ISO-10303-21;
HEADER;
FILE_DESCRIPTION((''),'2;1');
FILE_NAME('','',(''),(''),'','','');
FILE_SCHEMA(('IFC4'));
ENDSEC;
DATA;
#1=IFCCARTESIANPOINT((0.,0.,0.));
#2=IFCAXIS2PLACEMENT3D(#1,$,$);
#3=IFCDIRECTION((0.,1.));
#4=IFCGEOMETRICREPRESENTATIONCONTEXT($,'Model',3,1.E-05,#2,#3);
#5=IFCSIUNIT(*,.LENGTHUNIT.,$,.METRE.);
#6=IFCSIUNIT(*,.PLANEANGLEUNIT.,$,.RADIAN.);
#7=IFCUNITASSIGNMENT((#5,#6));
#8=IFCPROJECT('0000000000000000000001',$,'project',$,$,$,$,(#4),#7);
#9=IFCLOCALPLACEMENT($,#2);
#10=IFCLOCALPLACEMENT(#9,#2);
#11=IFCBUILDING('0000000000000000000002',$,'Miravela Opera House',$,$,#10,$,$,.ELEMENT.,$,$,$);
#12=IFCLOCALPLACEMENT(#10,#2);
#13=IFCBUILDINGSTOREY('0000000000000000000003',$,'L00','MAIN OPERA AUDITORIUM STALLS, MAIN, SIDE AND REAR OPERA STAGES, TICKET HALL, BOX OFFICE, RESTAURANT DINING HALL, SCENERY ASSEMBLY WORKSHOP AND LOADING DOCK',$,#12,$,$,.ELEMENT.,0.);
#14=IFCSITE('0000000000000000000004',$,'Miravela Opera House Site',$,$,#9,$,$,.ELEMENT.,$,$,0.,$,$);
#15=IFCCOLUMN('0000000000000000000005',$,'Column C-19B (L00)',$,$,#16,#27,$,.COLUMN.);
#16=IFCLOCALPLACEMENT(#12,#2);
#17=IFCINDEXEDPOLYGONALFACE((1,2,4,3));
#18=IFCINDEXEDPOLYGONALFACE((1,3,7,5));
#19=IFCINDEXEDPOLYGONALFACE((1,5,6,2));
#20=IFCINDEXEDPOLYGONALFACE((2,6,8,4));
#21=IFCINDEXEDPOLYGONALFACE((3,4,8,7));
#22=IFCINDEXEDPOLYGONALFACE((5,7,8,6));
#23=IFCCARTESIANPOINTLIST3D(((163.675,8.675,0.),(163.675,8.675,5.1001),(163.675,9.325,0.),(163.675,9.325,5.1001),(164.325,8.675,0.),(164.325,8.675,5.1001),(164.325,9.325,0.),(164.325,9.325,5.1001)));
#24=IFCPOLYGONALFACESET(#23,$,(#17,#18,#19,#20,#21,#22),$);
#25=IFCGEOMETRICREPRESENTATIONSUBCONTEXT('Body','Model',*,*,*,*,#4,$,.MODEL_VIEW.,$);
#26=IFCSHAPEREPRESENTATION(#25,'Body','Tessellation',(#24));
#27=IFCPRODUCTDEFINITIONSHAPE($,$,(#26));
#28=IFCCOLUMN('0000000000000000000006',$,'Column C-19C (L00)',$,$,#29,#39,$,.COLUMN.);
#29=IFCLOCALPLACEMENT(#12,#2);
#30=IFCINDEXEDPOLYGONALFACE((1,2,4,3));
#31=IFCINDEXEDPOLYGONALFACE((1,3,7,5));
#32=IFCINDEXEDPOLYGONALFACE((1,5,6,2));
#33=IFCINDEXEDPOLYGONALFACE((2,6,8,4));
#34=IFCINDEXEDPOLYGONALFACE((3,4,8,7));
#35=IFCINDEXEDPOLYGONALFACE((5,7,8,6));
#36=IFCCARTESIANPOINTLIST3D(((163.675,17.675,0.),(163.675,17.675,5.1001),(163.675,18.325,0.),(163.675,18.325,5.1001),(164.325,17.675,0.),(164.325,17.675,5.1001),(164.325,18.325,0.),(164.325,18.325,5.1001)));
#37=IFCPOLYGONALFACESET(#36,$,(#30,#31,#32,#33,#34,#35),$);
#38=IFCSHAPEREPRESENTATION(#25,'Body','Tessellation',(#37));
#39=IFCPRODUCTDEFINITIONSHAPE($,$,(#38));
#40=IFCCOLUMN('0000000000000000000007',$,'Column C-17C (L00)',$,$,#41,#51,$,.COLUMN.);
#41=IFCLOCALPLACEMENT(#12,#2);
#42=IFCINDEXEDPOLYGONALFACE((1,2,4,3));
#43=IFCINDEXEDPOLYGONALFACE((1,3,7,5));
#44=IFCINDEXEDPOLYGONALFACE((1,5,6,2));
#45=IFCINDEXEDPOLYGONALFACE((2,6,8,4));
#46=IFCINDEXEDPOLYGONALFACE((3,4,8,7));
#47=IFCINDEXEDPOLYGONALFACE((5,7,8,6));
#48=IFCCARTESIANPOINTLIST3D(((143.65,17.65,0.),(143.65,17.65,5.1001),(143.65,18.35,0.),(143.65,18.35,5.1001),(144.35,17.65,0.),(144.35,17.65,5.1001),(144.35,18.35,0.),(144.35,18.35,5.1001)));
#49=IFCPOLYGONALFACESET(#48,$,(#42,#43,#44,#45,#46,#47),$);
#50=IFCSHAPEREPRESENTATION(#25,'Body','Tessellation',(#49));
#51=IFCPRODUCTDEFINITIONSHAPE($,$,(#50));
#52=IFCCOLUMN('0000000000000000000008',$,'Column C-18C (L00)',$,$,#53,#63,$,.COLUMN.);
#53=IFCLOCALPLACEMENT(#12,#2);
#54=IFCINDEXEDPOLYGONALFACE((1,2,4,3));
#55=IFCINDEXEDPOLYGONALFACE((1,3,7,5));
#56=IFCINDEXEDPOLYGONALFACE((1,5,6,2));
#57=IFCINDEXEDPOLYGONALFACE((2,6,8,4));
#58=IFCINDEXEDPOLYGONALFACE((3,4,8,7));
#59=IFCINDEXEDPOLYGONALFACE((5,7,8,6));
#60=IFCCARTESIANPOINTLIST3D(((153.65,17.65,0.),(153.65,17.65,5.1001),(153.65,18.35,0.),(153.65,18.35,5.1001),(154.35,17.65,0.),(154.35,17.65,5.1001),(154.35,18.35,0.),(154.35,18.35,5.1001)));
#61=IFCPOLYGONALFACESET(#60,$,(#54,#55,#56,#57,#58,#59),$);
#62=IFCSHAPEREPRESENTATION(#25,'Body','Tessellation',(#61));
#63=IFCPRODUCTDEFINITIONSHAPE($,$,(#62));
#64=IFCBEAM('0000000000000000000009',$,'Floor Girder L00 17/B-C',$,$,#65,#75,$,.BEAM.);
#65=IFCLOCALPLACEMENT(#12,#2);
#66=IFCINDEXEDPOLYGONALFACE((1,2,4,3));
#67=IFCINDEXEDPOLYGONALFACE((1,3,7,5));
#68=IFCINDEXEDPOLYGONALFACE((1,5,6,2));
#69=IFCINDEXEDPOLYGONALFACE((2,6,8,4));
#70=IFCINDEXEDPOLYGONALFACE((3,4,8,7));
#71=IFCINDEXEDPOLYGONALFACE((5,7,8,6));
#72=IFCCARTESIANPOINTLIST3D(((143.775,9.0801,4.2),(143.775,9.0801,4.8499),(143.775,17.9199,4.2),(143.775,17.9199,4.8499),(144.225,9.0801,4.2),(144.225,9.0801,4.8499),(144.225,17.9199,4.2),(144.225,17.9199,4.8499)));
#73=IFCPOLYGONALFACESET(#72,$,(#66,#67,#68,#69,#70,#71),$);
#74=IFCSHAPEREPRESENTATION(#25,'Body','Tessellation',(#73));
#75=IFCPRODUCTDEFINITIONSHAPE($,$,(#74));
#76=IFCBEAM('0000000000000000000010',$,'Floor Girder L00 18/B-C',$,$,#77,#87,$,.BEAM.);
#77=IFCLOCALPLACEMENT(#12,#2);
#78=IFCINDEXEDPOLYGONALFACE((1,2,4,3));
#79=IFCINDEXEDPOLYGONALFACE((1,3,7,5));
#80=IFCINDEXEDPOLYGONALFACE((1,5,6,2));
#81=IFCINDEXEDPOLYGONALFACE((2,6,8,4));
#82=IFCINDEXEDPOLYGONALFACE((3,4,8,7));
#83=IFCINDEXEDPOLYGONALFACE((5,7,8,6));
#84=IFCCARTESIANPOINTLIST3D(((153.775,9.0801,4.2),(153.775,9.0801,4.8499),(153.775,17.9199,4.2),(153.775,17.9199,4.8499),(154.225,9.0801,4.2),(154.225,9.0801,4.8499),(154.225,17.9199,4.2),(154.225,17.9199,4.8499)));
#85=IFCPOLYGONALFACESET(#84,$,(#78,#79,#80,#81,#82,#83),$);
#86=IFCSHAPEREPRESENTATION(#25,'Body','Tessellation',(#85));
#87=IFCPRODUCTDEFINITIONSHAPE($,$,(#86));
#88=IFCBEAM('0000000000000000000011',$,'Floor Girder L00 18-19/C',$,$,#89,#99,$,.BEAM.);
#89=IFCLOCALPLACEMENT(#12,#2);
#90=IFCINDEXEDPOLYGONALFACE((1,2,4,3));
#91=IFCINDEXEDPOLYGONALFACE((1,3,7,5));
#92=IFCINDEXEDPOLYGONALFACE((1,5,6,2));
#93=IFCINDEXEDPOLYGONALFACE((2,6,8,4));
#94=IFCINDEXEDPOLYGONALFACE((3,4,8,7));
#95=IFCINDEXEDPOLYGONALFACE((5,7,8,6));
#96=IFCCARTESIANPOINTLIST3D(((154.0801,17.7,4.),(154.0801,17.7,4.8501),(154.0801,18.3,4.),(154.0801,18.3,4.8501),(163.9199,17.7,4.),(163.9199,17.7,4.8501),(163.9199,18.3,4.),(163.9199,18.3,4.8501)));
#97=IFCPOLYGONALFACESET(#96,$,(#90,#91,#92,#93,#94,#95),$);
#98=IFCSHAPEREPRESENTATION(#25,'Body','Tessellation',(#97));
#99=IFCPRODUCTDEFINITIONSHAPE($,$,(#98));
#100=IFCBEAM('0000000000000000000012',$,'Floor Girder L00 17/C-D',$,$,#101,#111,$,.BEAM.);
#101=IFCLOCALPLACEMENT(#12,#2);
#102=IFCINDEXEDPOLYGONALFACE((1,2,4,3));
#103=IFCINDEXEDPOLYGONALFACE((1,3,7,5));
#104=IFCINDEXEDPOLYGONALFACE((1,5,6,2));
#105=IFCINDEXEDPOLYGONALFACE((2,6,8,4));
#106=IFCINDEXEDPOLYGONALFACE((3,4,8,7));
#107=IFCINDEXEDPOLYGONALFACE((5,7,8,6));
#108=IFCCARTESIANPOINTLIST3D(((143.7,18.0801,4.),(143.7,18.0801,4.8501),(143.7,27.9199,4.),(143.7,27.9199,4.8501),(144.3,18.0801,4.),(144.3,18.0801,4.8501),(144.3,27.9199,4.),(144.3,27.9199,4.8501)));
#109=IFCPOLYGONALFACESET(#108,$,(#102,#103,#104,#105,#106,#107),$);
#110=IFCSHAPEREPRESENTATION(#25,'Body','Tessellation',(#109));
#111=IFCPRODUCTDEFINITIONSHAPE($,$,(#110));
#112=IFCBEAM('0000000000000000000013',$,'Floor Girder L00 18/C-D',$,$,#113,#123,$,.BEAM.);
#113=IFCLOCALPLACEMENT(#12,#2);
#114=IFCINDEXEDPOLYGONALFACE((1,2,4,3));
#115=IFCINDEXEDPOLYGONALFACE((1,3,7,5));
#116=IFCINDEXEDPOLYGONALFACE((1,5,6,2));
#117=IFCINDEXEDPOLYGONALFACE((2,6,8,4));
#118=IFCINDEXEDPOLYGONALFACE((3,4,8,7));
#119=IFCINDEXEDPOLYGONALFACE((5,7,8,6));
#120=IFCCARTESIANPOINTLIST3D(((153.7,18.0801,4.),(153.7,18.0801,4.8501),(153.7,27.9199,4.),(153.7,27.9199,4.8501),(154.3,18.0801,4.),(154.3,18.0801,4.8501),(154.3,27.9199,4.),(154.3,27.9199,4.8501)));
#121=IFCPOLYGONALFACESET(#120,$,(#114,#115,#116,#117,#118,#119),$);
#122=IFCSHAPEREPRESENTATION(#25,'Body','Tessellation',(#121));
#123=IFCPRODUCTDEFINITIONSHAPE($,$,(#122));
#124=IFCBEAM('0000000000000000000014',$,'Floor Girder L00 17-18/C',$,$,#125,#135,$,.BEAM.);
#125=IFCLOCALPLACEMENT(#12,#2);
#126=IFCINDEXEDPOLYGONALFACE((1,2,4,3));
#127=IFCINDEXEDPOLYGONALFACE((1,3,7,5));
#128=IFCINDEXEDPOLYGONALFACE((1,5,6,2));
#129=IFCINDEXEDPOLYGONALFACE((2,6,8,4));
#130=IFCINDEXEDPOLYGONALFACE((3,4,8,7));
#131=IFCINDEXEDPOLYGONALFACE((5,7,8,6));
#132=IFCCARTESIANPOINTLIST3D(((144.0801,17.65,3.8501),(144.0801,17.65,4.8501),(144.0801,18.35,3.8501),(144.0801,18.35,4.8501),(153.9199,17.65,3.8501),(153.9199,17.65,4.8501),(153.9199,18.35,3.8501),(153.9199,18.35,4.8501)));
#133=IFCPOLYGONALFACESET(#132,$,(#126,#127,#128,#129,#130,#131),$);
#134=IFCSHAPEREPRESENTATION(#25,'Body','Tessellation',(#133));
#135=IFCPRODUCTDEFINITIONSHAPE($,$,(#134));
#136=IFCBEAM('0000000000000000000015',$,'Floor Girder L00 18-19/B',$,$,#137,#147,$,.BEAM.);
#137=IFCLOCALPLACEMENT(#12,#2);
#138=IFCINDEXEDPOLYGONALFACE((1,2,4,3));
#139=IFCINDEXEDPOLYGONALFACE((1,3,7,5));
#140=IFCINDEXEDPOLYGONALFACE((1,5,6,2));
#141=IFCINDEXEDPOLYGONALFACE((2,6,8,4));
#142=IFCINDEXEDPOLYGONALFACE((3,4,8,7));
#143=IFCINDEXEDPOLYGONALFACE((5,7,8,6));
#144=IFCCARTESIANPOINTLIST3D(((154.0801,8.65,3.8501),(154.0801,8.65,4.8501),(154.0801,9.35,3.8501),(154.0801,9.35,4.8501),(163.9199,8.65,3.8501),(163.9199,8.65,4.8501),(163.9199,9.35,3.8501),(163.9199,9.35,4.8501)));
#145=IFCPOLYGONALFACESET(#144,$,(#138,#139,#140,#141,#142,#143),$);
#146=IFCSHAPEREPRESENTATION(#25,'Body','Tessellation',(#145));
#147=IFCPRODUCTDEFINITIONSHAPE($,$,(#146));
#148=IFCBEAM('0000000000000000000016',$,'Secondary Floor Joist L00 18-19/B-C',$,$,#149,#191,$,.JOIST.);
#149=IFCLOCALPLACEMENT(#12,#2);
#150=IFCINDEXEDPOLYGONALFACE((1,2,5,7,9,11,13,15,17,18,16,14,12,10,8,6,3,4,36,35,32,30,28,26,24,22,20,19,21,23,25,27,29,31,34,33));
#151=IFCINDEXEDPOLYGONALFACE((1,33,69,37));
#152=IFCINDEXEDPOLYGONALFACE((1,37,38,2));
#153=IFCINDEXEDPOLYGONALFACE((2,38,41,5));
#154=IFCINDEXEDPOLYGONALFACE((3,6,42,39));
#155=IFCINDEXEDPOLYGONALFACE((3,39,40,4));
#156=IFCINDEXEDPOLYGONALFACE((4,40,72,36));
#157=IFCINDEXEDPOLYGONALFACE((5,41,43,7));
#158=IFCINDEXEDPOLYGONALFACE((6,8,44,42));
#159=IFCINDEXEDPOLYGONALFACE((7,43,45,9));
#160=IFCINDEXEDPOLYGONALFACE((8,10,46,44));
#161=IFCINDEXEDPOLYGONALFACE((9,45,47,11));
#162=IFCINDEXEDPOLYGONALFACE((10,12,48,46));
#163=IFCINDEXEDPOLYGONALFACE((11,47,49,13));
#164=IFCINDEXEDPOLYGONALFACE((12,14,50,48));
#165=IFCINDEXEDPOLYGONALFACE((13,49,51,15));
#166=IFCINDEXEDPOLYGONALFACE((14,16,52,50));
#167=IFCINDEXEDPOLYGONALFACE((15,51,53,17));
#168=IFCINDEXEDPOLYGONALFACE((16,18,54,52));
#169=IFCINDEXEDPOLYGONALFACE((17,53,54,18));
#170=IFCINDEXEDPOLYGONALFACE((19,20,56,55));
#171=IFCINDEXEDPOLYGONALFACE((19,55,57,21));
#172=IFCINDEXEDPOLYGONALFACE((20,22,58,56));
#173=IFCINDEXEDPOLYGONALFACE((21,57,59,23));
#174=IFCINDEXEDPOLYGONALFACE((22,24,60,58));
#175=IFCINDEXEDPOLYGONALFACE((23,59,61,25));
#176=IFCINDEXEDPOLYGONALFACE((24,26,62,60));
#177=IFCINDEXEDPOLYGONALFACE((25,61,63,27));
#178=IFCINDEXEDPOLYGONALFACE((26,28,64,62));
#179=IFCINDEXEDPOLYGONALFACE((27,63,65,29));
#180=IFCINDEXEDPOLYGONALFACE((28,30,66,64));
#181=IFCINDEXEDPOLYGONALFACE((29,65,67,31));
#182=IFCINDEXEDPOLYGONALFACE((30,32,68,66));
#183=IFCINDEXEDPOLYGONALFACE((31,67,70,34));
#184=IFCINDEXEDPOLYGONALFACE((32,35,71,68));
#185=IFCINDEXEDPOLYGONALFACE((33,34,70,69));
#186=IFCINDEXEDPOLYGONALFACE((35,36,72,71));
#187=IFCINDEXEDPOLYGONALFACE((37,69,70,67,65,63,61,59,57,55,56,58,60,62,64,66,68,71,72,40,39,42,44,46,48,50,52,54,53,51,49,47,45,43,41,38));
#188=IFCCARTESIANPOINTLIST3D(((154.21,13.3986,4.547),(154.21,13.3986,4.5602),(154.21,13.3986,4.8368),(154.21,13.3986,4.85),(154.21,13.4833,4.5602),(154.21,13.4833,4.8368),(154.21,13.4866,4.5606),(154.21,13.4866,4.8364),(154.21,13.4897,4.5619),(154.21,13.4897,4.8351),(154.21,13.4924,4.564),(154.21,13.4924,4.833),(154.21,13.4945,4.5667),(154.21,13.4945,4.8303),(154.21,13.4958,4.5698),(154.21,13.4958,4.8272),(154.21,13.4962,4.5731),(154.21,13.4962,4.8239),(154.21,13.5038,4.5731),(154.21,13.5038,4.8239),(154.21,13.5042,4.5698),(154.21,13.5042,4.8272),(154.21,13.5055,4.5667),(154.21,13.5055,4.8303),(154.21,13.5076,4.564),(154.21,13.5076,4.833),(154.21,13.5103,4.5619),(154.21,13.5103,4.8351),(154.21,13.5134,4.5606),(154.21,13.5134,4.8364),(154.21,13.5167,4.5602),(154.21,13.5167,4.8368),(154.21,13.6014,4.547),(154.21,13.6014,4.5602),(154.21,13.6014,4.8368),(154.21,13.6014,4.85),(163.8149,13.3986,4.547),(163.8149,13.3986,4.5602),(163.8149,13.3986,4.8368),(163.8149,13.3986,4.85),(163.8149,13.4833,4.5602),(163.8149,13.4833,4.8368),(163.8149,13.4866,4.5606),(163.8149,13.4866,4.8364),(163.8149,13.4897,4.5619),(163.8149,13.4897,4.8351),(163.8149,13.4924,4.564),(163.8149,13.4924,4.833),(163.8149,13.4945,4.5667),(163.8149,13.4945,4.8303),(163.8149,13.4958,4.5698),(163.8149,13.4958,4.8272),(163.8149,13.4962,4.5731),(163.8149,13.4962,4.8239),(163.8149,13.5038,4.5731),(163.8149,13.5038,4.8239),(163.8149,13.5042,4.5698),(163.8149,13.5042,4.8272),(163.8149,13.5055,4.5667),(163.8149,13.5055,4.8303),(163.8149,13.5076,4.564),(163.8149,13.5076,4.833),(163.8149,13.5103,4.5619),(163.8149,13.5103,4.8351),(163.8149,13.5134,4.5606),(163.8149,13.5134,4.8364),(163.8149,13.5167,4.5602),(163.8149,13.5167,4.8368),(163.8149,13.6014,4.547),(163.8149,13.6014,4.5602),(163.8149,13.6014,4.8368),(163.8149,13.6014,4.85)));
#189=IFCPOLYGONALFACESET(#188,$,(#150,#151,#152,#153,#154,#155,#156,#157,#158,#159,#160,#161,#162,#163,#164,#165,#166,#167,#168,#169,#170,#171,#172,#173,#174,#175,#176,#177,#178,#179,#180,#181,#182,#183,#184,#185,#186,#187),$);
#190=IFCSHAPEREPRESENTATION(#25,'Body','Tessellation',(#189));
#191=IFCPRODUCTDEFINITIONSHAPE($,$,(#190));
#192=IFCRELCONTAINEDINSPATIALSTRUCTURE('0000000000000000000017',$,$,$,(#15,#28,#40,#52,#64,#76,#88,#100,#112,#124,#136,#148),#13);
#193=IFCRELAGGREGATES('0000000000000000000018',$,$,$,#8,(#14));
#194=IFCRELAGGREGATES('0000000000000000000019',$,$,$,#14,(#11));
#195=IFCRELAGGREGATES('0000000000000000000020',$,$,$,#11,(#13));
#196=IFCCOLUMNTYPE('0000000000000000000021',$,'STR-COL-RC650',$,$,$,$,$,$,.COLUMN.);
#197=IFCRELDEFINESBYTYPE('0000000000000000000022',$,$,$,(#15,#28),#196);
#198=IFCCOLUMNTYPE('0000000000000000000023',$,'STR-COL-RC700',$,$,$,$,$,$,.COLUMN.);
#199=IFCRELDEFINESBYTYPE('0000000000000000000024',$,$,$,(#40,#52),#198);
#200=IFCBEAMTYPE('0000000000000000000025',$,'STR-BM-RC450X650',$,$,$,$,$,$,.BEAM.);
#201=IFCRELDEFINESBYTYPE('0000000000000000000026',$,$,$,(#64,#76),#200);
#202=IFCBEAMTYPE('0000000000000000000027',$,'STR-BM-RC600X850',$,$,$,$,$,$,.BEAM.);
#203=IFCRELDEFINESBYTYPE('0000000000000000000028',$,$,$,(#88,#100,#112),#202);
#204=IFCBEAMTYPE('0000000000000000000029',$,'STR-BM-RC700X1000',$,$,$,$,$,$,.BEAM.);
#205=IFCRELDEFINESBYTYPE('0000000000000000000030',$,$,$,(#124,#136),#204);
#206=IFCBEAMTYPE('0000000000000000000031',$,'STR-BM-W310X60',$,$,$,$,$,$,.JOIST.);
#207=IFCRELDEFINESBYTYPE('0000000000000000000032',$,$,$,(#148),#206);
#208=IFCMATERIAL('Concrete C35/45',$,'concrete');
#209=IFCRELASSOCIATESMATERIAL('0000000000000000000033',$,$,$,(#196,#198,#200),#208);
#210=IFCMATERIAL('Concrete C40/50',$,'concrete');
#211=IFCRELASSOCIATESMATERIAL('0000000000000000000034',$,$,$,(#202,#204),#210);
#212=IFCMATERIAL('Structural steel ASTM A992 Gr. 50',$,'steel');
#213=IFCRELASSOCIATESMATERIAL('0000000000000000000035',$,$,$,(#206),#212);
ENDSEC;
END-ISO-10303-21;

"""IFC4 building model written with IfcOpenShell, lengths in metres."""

from ifc_helpers import new_model, si_unit, direction, frame, origin, origin_2d, place, context, subcontext, project, spatial, rectangle, i_section, extrude, material, material_profile, profile_set, type_object, element, save


model = new_model("IFC4")

# Units and contexts
model_context = context("Model", 3, precision=1e-05, world=origin(), true_north=direction((0.0, 1.0)))
body_context = subcontext(model_context, "Body", "Model", "MODEL_VIEW")
ifc_project = project(units=[si_unit("LENGTHUNIT", "METRE"), si_unit("PLANEANGLEUNIT", "RADIAN")], contexts=[model_context])

# Site, building, storey
site_placement = place(None, origin())
site = spatial("IfcSite", under=ifc_project, at=site_placement, Name="Miravela Opera House Site", CompositionType="ELEMENT", RefElevation=0.0)
building_placement = place(site_placement, origin())
building = spatial("IfcBuilding", under=site, at=building_placement, Name="Miravela Opera House", CompositionType="ELEMENT")
storey_placement = place(building_placement, origin())
storey = spatial("IfcBuildingStorey", under=building, at=storey_placement, Name="L00", Description="MAIN OPERA AUDITORIUM STALLS, MAIN, SIDE AND REAR OPERA STAGES, TICKET HALL, BOX OFFICE, RESTAURANT DINING HALL, SCENERY ASSEMBLY WORKSHOP AND LOADING DOCK", CompositionType="ELEMENT", Elevation=0.0)

# Columns
ifc_material_1 = material(Name="Concrete C35/45", Category="concrete")
ifc_material_profile_1 = material_profile(ifc_material_1, rectangle(XDim=0.6499, YDim=0.6499, at=origin_2d()), Name="RC-COL-650X650")
ifc_profile_set_1 = profile_set([ifc_material_profile_1])
column_type_1 = type_object("IfcColumnType", Name="STR-COL-RC650", PredefinedType="COLUMN", material=ifc_profile_set_1)
for number, where, z_axis, x_axis, name in (
    (1, (164.0, 9.0, 0.0), (0.0, 0.0, 1.0), (1.0, 0.0, 0.0), "Column C-19B (L00)"),
    (2, (164.0, 18.0, 0.0), (0.0, 0.0, 1.0), (1.0, 0.0, 0.0), "Column C-19C (L00)"),
):
    element("IfcColumn", number, at=place(storey_placement, frame(where, z_axis=z_axis, x_axis=x_axis)), inside=storey, type_object=column_type_1, Name=name, PredefinedType="COLUMN", context=body_context, shape_type="SweptSolid", body=[
        extrude(rectangle(XDim=0.6499, YDim=0.6499, at=origin_2d()), origin(), (0.0, 0.0, 1.0), 5.1001),
    ])
ifc_material_profile_2 = material_profile(ifc_material_1, rectangle(XDim=0.7, YDim=0.7, at=origin_2d()), Name="RC-COL-700X700")
ifc_profile_set_2 = profile_set([ifc_material_profile_2])
column_type_2 = type_object("IfcColumnType", Name="STR-COL-RC700", PredefinedType="COLUMN", material=ifc_profile_set_2)
for number, where, z_axis, x_axis, name in (
    (3, (144.0, 18.0, 0.0), (0.0, 0.0, 1.0), (1.0, 0.0, 0.0), "Column C-17C (L00)"),
    (4, (154.0, 18.0, 0.0), (0.0, 0.0, 1.0), (1.0, 0.0, 0.0), "Column C-18C (L00)"),
):
    element("IfcColumn", number, at=place(storey_placement, frame(where, z_axis=z_axis, x_axis=x_axis)), inside=storey, type_object=column_type_2, Name=name, PredefinedType="COLUMN", context=body_context, shape_type="SweptSolid", body=[
        extrude(rectangle(XDim=0.7, YDim=0.7, at=origin_2d()), origin(), (0.0, 0.0, 1.0), 5.1001),
    ])

# Beams
ifc_material_profile_3 = material_profile(ifc_material_1, rectangle(XDim=0.45, YDim=0.6499, at=origin_2d()), Name="RC-BM-450X650")
ifc_profile_set_3 = profile_set([ifc_material_profile_3])
beam_type_1 = type_object("IfcBeamType", Name="STR-BM-RC450X650", PredefinedType="BEAM", material=ifc_profile_set_3)
for number, where, z_axis, x_axis, name in (
    (5, (144.0, 9.0801, 4.5249), (0.0, 1.0, 0.0), (-1.0, 0.0, 0.0), "Floor Girder L00 17/B-C"),
    (6, (154.0, 9.0801, 4.5249), (0.0, 1.0, 0.0), (-1.0, 0.0, 0.0), "Floor Girder L00 18/B-C"),
):
    element("IfcBeam", number, at=place(storey_placement, frame(where, z_axis=z_axis, x_axis=x_axis)), inside=storey, type_object=beam_type_1, Name=name, PredefinedType="BEAM", context=body_context, shape_type="SweptSolid", body=[
        extrude(rectangle(XDim=0.45, YDim=0.6499, at=origin_2d()), origin(), (0.0, 0.0, 1.0), 8.8398),
    ])
ifc_material_2 = material(Name="Concrete C40/50", Category="concrete")
ifc_material_profile_4 = material_profile(ifc_material_2, rectangle(XDim=0.6001, YDim=0.8501, at=origin_2d()), Name="RC-BM-600X850")
ifc_profile_set_4 = profile_set([ifc_material_profile_4])
beam_type_2 = type_object("IfcBeamType", Name="STR-BM-RC600X850", PredefinedType="BEAM", material=ifc_profile_set_4)
for number, where, z_axis, x_axis, name in (
    (7, (154.0801, 18.0, 4.425), (1.0, 0.0, 0.0), (0.0, 1.0, 0.0), "Floor Girder L00 18-19/C"),
    (8, (144.0, 18.0801, 4.425), (0.0, 1.0, 0.0), (-1.0, 0.0, 0.0), "Floor Girder L00 17/C-D"),
    (9, (154.0, 18.0801, 4.425), (0.0, 1.0, 0.0), (-1.0, 0.0, 0.0), "Floor Girder L00 18/C-D"),
):
    element("IfcBeam", number, at=place(storey_placement, frame(where, z_axis=z_axis, x_axis=x_axis)), inside=storey, type_object=beam_type_2, Name=name, PredefinedType="BEAM", context=body_context, shape_type="SweptSolid", body=[
        extrude(rectangle(XDim=0.6001, YDim=0.8501, at=origin_2d()), origin(), (0.0, 0.0, 1.0), 9.8398),
    ])
ifc_material_profile_5 = material_profile(ifc_material_2, rectangle(XDim=0.7, YDim=1.0, at=origin_2d()), Name="RC-BM-700X1000")
ifc_profile_set_5 = profile_set([ifc_material_profile_5])
beam_type_3 = type_object("IfcBeamType", Name="STR-BM-RC700X1000", PredefinedType="BEAM", material=ifc_profile_set_5)
for number, where, z_axis, x_axis, name in (
    (10, (144.0801, 18.0, 4.3501), (1.0, 0.0, 0.0), (0.0, 1.0, 0.0), "Floor Girder L00 17-18/C"),
    (11, (154.0801, 9.0, 4.3501), (1.0, 0.0, 0.0), (0.0, 1.0, 0.0), "Floor Girder L00 18-19/B"),
):
    element("IfcBeam", number, at=place(storey_placement, frame(where, z_axis=z_axis, x_axis=x_axis)), inside=storey, type_object=beam_type_3, Name=name, PredefinedType="BEAM", context=body_context, shape_type="SweptSolid", body=[
        extrude(rectangle(XDim=0.7, YDim=1.0, at=origin_2d()), origin(), (0.0, 0.0, 1.0), 9.8398),
    ])
ifc_material_3 = material(Name="Structural steel ASTM A992 Gr. 50", Category="steel")
ifc_material_profile_6 = material_profile(ifc_material_3, i_section(OverallWidth=0.2029, OverallDepth=0.303, WebThickness=0.0076, FlangeThickness=0.0132, FilletRadius=0.0129, at=origin_2d()), Name="W310X60")
ifc_profile_set_6 = profile_set([ifc_material_profile_6])
beam_type_4 = type_object("IfcBeamType", Name="STR-BM-W310X60", PredefinedType="JOIST", material=ifc_profile_set_6)
beam_1_placement = place(storey_placement, frame((154.21, 13.5, 4.6985), z_axis=(1.0, 0.0, 0.0), x_axis=(0.0, 1.0, 0.0)))
element("IfcBeam", 12, at=beam_1_placement, inside=storey, type_object=beam_type_4, Name="Secondary Floor Joist L00 18-19/B-C", PredefinedType="JOIST", context=body_context, shape_type="SweptSolid", body=[
    extrude(i_section(OverallWidth=0.2029, OverallDepth=0.303, WebThickness=0.0076, FlangeThickness=0.0132, FilletRadius=0.0129, at=origin_2d()), origin(), (0.0, 0.0, 1.0), 9.605),
])

save(model, "model.ifc")
